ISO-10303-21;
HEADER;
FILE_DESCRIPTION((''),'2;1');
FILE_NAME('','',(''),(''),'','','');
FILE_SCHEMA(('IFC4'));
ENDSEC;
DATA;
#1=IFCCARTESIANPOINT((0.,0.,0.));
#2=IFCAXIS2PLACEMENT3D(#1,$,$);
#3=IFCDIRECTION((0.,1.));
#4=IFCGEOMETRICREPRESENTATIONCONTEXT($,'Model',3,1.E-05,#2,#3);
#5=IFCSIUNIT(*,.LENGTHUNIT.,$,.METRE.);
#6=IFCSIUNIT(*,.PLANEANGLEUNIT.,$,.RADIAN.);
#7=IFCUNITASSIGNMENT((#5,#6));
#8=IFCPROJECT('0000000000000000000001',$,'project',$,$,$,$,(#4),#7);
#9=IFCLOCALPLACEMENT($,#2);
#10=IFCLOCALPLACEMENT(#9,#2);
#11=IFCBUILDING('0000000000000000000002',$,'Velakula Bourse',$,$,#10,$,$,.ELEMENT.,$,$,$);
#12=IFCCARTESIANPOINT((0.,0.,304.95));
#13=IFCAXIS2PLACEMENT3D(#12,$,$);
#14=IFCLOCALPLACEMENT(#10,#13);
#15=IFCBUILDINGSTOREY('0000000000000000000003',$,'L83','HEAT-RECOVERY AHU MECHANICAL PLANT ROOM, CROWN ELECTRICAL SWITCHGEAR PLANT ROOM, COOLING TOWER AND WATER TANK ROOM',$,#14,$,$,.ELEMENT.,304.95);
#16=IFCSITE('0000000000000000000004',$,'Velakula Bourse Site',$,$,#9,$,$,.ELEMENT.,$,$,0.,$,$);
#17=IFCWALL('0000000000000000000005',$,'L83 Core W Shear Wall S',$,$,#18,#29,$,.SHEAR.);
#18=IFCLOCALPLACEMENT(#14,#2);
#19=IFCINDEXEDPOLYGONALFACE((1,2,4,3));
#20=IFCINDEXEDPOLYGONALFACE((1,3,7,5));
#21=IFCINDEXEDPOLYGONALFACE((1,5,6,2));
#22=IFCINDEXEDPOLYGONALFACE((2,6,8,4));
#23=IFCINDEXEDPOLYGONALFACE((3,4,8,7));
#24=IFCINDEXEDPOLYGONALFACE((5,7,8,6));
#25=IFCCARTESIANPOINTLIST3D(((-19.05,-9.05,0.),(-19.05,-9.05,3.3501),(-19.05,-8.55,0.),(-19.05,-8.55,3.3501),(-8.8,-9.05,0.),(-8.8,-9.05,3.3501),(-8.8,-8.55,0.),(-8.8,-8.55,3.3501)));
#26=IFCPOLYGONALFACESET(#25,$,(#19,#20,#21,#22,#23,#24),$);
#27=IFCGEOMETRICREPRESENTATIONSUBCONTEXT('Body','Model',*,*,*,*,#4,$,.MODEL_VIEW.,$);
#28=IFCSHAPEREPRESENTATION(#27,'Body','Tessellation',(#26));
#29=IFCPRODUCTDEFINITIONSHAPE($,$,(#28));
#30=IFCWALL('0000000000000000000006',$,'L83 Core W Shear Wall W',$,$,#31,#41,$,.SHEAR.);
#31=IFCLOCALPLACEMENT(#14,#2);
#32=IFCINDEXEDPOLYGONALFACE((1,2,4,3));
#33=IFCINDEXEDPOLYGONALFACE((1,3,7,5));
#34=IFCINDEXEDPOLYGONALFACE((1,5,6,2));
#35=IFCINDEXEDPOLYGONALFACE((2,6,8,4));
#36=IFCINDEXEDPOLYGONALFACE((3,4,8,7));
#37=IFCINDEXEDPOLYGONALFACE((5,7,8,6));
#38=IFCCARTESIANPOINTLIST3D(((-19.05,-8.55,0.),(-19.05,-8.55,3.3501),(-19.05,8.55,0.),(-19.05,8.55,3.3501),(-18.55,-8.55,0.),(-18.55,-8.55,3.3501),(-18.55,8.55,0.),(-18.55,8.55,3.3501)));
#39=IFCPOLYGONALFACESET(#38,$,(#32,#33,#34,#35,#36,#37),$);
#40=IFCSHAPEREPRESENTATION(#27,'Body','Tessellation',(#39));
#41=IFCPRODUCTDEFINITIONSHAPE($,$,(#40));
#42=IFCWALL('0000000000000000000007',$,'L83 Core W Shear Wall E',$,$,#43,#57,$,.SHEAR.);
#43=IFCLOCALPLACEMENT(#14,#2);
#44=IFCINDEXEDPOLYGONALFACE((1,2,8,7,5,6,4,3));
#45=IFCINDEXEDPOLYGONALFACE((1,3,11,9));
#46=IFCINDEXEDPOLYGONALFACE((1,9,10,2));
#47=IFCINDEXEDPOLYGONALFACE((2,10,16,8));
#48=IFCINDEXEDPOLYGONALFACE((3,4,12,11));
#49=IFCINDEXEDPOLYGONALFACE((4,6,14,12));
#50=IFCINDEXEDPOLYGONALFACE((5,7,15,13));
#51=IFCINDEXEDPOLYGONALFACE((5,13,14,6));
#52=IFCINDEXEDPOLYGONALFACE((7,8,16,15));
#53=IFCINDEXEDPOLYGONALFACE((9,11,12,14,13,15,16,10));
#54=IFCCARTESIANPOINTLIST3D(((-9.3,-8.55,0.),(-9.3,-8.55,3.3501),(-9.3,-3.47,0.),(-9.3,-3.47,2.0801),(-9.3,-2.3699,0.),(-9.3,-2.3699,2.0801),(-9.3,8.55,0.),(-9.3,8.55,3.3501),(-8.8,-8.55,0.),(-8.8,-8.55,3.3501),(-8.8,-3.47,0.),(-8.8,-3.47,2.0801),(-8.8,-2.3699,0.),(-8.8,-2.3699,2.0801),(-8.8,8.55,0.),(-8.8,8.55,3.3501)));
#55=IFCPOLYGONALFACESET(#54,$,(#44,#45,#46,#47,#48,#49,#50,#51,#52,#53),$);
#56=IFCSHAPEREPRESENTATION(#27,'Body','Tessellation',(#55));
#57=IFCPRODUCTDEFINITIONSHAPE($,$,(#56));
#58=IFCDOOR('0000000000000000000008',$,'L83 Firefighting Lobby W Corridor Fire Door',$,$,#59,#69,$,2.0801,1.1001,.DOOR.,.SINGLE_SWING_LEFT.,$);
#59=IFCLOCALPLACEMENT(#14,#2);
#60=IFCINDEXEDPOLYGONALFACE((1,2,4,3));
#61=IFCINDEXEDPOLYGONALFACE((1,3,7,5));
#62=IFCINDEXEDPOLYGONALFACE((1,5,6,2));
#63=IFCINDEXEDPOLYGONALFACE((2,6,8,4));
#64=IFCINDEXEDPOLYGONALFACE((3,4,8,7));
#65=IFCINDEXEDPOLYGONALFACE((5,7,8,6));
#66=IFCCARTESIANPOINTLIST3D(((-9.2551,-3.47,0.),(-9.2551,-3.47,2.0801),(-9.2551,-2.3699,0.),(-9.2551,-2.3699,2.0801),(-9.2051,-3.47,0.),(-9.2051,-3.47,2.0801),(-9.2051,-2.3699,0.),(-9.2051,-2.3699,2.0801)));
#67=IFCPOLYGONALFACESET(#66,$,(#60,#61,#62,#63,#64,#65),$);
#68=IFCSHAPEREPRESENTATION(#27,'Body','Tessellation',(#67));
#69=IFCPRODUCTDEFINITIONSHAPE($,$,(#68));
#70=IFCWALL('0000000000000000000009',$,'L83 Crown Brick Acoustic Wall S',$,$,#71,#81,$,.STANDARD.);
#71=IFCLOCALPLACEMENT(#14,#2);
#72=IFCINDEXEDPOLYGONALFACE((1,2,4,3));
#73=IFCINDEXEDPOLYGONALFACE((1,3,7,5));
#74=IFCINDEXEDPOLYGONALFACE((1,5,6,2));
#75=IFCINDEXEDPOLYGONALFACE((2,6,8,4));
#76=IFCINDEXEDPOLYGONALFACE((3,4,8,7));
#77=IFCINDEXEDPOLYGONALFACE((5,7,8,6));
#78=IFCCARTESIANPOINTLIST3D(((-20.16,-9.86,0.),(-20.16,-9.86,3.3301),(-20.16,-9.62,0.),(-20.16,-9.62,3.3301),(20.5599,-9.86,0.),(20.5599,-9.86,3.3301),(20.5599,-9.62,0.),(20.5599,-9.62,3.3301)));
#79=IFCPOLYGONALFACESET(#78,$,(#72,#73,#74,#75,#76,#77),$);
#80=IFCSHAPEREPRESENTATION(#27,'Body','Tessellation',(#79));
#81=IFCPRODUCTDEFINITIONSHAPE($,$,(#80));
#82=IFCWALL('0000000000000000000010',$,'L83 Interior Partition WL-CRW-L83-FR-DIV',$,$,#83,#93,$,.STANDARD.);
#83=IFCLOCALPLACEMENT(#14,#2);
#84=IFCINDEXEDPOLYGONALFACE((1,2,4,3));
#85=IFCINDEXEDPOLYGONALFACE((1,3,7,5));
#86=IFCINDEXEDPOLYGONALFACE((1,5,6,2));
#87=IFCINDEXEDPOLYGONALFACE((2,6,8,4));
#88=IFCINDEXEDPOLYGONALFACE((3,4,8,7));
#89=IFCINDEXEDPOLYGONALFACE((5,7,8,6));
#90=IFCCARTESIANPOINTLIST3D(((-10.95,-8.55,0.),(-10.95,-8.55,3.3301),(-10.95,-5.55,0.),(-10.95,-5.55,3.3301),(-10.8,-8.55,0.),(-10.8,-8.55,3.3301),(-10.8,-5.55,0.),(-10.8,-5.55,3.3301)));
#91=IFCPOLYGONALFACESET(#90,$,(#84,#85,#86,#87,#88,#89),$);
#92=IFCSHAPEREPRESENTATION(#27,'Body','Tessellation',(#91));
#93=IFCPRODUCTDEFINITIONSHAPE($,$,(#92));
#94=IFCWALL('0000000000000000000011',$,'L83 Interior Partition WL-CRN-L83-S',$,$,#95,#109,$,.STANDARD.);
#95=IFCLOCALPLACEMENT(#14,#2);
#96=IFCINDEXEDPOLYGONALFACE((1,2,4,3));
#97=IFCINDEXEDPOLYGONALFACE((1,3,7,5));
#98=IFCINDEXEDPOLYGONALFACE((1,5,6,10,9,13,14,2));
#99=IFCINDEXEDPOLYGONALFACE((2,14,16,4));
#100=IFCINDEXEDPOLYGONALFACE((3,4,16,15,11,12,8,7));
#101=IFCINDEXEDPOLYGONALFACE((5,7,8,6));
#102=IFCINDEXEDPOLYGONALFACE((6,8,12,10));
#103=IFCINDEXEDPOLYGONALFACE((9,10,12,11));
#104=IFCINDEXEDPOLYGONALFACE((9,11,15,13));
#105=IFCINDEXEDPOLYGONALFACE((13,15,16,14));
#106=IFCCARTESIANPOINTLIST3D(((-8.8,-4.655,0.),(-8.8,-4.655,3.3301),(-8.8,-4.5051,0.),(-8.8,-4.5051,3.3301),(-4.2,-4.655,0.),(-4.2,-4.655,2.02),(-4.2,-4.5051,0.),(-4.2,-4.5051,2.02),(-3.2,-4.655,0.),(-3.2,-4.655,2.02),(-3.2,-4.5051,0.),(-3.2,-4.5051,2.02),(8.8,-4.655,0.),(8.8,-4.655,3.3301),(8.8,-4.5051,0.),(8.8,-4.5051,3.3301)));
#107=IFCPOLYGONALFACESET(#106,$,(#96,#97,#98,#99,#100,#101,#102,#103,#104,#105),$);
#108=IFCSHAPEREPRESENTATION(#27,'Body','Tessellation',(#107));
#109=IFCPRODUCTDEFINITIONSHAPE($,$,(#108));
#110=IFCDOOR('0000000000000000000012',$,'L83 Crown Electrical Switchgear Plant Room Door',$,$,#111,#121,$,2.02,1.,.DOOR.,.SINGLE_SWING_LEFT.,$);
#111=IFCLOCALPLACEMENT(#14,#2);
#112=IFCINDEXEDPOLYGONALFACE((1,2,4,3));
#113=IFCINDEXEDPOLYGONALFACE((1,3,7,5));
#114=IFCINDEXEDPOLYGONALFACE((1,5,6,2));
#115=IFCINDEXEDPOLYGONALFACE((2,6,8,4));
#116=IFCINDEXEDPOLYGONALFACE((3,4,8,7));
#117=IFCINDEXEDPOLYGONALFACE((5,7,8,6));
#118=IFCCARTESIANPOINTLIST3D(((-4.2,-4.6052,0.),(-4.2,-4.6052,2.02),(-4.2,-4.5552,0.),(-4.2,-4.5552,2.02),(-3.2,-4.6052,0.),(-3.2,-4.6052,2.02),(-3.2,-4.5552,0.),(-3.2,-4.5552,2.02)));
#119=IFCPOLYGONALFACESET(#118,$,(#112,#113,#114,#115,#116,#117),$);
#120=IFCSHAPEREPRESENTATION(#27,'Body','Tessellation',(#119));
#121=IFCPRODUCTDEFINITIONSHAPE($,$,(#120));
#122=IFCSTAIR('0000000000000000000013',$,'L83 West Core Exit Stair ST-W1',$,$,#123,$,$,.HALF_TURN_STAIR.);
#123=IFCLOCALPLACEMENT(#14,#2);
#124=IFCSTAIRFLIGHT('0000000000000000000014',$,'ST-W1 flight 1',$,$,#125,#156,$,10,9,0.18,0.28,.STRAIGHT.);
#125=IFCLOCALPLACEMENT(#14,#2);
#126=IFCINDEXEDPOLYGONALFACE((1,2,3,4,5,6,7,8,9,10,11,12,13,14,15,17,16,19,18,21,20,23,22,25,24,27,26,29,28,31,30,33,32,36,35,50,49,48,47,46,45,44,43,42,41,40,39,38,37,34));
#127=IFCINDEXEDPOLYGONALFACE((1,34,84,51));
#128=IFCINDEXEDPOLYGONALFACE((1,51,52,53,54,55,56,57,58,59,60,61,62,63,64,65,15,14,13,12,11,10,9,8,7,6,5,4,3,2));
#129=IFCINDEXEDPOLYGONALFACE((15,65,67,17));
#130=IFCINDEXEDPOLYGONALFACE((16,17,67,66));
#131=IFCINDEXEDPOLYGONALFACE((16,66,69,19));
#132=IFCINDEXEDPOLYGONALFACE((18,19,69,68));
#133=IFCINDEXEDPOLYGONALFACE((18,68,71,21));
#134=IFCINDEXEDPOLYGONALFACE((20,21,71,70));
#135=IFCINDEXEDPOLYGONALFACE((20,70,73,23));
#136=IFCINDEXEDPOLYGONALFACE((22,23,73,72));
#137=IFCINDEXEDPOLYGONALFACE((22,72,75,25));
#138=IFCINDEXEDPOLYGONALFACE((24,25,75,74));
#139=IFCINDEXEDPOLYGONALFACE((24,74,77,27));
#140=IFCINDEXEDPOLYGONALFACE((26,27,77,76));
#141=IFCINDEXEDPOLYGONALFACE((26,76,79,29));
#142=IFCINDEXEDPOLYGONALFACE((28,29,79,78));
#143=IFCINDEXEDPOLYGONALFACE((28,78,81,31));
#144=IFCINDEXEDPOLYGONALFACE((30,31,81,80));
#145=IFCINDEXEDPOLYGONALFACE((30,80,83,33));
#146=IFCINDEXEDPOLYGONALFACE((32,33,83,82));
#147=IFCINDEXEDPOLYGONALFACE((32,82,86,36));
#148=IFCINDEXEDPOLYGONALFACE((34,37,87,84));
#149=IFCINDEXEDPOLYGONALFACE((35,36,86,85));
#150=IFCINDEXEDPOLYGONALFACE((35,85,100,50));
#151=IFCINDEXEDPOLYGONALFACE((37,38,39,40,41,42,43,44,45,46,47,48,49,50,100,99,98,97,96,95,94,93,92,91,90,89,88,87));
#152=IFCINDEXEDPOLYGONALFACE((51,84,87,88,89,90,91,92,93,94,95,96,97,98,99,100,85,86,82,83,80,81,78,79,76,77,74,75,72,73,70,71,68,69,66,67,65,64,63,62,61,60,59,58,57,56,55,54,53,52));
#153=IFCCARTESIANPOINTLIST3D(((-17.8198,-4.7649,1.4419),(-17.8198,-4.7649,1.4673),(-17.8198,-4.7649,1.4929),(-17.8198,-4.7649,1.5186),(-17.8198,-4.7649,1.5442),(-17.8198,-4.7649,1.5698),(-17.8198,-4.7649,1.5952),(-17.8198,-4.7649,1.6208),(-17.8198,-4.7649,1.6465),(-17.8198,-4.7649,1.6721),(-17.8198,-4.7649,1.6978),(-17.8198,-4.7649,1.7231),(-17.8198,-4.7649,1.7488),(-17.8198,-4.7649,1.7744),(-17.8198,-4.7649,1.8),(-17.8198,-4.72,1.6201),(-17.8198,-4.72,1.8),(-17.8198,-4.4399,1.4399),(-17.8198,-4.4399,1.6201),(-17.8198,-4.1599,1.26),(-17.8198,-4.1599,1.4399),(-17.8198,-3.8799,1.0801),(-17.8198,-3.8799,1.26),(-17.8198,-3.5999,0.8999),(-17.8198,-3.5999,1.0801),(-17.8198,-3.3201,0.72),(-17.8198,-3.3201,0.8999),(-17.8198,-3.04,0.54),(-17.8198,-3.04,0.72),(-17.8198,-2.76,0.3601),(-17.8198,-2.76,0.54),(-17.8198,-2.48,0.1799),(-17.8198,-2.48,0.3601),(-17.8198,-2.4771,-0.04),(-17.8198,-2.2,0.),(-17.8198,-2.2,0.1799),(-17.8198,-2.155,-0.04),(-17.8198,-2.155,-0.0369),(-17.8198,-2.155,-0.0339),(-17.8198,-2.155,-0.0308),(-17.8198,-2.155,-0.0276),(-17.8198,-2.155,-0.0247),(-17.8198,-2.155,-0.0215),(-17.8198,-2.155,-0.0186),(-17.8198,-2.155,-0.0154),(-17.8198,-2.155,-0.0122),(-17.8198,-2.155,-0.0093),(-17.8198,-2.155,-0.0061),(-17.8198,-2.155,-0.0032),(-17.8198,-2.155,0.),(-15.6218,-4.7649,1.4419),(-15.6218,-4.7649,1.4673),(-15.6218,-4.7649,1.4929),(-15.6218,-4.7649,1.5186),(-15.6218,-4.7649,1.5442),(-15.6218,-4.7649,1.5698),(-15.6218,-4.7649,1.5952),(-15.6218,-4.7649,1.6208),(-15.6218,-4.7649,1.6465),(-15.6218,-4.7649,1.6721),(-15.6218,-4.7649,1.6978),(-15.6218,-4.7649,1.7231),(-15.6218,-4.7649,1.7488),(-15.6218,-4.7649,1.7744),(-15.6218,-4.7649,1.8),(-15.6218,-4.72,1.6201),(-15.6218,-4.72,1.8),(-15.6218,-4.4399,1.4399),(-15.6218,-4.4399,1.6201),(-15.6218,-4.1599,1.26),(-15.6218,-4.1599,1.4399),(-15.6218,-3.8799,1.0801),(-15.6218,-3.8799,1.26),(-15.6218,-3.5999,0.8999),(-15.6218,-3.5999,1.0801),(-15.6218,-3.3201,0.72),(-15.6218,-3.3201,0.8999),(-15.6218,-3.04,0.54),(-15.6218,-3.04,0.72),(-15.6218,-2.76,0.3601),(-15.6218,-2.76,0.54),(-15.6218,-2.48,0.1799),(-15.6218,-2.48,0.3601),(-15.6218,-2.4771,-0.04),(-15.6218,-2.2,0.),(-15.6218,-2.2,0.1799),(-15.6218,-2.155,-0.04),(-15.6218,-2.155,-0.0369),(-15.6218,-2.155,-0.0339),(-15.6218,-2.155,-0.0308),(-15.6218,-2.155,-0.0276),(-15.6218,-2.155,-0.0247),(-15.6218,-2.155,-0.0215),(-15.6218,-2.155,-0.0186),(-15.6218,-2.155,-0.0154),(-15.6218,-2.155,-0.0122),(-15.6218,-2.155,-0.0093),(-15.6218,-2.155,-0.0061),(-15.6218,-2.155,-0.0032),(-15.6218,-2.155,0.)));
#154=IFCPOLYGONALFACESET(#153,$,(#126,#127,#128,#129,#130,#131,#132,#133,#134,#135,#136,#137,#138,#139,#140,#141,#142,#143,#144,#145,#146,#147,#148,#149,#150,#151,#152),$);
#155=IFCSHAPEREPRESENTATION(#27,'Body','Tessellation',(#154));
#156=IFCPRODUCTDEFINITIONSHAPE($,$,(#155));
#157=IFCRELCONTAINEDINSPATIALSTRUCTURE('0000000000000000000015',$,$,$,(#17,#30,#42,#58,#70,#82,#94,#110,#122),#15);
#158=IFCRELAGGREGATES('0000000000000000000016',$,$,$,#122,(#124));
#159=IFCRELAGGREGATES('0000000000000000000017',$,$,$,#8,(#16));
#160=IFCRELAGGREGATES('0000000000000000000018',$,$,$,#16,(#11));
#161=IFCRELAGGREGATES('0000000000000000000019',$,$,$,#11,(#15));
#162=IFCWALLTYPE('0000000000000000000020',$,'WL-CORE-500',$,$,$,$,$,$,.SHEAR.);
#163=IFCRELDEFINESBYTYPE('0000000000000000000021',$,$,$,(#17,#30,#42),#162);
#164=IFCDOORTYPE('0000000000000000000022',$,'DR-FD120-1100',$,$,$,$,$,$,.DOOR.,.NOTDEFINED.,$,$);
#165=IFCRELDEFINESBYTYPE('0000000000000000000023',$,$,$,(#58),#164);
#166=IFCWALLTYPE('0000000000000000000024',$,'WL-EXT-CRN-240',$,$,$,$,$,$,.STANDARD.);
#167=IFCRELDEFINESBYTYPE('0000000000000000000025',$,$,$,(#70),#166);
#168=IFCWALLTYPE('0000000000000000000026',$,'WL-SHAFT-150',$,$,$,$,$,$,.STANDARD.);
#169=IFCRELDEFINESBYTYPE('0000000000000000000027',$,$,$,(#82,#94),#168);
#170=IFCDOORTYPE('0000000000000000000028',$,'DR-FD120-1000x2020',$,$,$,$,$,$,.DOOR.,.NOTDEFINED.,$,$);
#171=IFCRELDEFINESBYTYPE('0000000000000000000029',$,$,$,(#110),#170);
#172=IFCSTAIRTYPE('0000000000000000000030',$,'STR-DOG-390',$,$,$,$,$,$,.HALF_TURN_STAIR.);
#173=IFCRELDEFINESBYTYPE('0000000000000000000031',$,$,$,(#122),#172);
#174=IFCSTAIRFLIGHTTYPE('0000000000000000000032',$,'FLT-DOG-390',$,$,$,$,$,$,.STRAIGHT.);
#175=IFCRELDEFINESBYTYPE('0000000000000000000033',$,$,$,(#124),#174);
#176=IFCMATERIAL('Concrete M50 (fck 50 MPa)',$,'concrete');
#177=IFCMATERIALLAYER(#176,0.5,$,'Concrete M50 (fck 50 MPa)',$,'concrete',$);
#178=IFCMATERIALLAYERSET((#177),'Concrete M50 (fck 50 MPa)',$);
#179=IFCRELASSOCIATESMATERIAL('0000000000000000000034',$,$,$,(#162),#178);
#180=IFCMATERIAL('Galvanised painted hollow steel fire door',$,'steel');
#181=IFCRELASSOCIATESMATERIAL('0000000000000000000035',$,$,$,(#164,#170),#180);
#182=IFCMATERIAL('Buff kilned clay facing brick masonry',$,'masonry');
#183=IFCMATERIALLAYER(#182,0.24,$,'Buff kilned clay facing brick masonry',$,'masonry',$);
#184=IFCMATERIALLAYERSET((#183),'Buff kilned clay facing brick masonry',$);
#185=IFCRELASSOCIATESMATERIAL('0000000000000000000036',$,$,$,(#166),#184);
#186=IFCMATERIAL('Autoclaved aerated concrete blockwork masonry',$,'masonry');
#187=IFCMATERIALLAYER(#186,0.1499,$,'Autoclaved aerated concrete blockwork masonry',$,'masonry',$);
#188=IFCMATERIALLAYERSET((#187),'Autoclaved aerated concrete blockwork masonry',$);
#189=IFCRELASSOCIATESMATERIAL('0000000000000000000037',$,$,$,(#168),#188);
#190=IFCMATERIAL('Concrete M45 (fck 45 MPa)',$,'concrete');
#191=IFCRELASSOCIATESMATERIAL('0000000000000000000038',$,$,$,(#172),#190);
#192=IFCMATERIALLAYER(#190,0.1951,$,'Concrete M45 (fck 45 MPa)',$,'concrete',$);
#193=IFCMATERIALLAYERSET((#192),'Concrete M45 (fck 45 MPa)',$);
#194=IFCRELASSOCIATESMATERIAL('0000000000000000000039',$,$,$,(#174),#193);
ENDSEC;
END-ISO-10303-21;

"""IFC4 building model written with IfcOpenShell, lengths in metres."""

from ifc_helpers import new_model, si_unit, direction, frame, frame_2d, origin, place, context, subcontext, project, spatial, polyline, rectangle, outline, extrude, material, layer, layer_set, type_object, element, fill, aggregate, save


model = new_model("IFC4")

# Units and contexts
model_context = context("Model", 3, precision=1e-05, world=origin(), true_north=direction((0.0, 1.0)))
body_context = subcontext(model_context, "Body", "Model", "MODEL_VIEW")
ifc_project = project(units=[si_unit("LENGTHUNIT", "METRE"), si_unit("PLANEANGLEUNIT", "RADIAN")], contexts=[model_context])

# Site, building, storey
site_placement = place(None, origin())
site = spatial("IfcSite", under=ifc_project, at=site_placement, Name="Velakula Bourse Site", CompositionType="ELEMENT", RefElevation=0.0)
building_placement = place(site_placement, origin())
building = spatial("IfcBuilding", under=site, at=building_placement, Name="Velakula Bourse", CompositionType="ELEMENT")
storey_placement = place(building_placement, frame((0.0, 0.0, 304.95)))
storey = spatial("IfcBuildingStorey", under=building, at=storey_placement, Name="L83", Description="HEAT-RECOVERY AHU MECHANICAL PLANT ROOM, CROWN ELECTRICAL SWITCHGEAR PLANT ROOM, COOLING TOWER AND WATER TANK ROOM", CompositionType="ELEMENT", Elevation=304.95)

# Shared definitions
ifc_material_1 = material(Name="Concrete M50 (fck 50 MPa)", Category="concrete")

# Shared definitions
ifc_material_2 = material(Name="Galvanised painted hollow steel fire door", Category="steel")

# Walls
ifc_layer_1 = layer(ifc_material_1, 0.5, Name="Concrete M50 (fck 50 MPa)", Category="concrete")
ifc_layer_set_1 = layer_set([ifc_layer_1], Name="Concrete M50 (fck 50 MPa)")
wall_type_1 = type_object("IfcWallType", Name="WL-CORE-500", PredefinedType="SHEAR", material=ifc_layer_set_1)
wall_1_placement = place(storey_placement, frame((-19.05, -8.8, 0.0), z_axis=(0.0, 0.0, 1.0), x_axis=(1.0, 0.0, 0.0)))
element("IfcWall", 1, at=wall_1_placement, inside=storey, type_object=wall_type_1, Name="L83 Core W Shear Wall S", PredefinedType="SHEAR", context=body_context, shape_type="SweptSolid", body=[
    extrude(rectangle(XDim=10.25, YDim=0.5, at=frame_2d((5.125, 0.0))), origin(), (0.0, 0.0, 1.0), 3.3501),
])
wall_2_placement = place(storey_placement, frame((-18.8, -8.55, 0.0), z_axis=(0.0, 0.0, 1.0), x_axis=(0.0, 1.0, 0.0)))
element("IfcWall", 2, at=wall_2_placement, inside=storey, type_object=wall_type_1, Name="L83 Core W Shear Wall W", PredefinedType="SHEAR", context=body_context, shape_type="SweptSolid", body=[
    extrude(rectangle(XDim=17.1001, YDim=0.5, at=frame_2d((8.55, 0.0))), origin(), (0.0, 0.0, 1.0), 3.3501),
])

# Wall, opening, door
wall_3_placement = place(storey_placement, frame((-9.05, -8.55, 0.0), z_axis=(0.0, 0.0, 1.0), x_axis=(0.0, 1.0, 0.0)))
wall_3 = element("IfcWall", 3, at=wall_3_placement, inside=storey, type_object=wall_type_1, Name="L83 Core W Shear Wall E", PredefinedType="SHEAR", context=body_context, shape_type="SweptSolid", body=[
    extrude(rectangle(XDim=17.1001, YDim=0.5, at=frame_2d((8.55, 0.0))), origin(), (0.0, 0.0, 1.0), 3.3501),
])
opening_1_placement = place(wall_3_placement, frame((5.0801, 0.0, 0.0)))
opening_1 = element("IfcOpeningElement", 4, at=opening_1_placement, cuts=wall_3, PredefinedType="OPENING", context=body_context, shape_type="SweptSolid", body=[
    extrude(rectangle(XDim=1.1001, YDim=2.0801, at=frame_2d((0.55, 1.04))), frame((0.0, 0.26, 0.0), z_axis=(0.0, -1.0, 0.0), x_axis=(1.0, 0.0, 0.0)), (0.0, 0.0, 1.0), 0.52),
])
door_type_1 = type_object("IfcDoorType", Name="DR-FD120-1100", OperationType="NOTDEFINED", PredefinedType="DOOR", material=ifc_material_2)
door_1_placement = place(opening_1_placement, origin())
door_1 = element("IfcDoor", 5, at=door_1_placement, inside=storey, type_object=door_type_1, Name="L83 Firefighting Lobby W Corridor Fire Door", OperationType="SINGLE_SWING_LEFT", OverallHeight=2.0801, OverallWidth=1.1001, PredefinedType="DOOR", context=body_context, shape_type="SweptSolid", body=[
    extrude(rectangle(XDim=1.1001, YDim=2.0801, at=frame_2d((0.55, 1.04))), frame((0.0, 0.2051, 0.0), z_axis=(0.0, -1.0, 0.0), x_axis=(1.0, 0.0, 0.0)), (0.0, 0.0, 1.0), 0.05),
])
fill(opening_1, door_1)

# Wall
ifc_material_3 = material(Name="Buff kilned clay facing brick masonry", Category="masonry")
ifc_layer_2 = layer(ifc_material_3, 0.24, Name="Buff kilned clay facing brick masonry", Category="masonry")
ifc_layer_set_2 = layer_set([ifc_layer_2], Name="Buff kilned clay facing brick masonry")
wall_type_2 = type_object("IfcWallType", Name="WL-EXT-CRN-240", PredefinedType="STANDARD", material=ifc_layer_set_2)
wall_4_placement = place(storey_placement, frame((-20.1599, -9.74, 0.0), z_axis=(0.0, 0.0, 1.0), x_axis=(1.0, 0.0, 0.0)))
element("IfcWall", 6, at=wall_4_placement, inside=storey, type_object=wall_type_2, Name="L83 Crown Brick Acoustic Wall S", PredefinedType="STANDARD", context=body_context, shape_type="SweptSolid", body=[
    extrude(rectangle(XDim=40.72, YDim=0.24, at=frame_2d((20.3599, 0.0))), origin(), (0.0, 0.0, 1.0), 3.3301),
])

# Shared definitions
ifc_material_4 = material(Name="Autoclaved aerated concrete blockwork masonry", Category="masonry")
ifc_layer_3 = layer(ifc_material_4, 0.1499, Name="Autoclaved aerated concrete blockwork masonry", Category="masonry")
ifc_layer_set_3 = layer_set([ifc_layer_3], Name="Autoclaved aerated concrete blockwork masonry")
wall_type_3 = type_object("IfcWallType", Name="WL-SHAFT-150", PredefinedType="STANDARD", material=ifc_layer_set_3)

# Wall
wall_5_placement = place(storey_placement, frame((-10.875, -8.55, 0.0), z_axis=(0.0, 0.0, 1.0), x_axis=(0.0, 1.0, 0.0)))
element("IfcWall", 7, at=wall_5_placement, inside=storey, type_object=wall_type_3, Name="L83 Interior Partition WL-CRW-L83-FR-DIV", PredefinedType="STANDARD", context=body_context, shape_type="SweptSolid", body=[
    extrude(rectangle(XDim=3.0, YDim=0.1499, at=frame_2d((1.5, 0.0))), origin(), (0.0, 0.0, 1.0), 3.3301),
])

# Wall, opening, door
wall_6_placement = place(storey_placement, frame((-8.8, -4.5801, 0.0), z_axis=(0.0, 0.0, 1.0), x_axis=(1.0, 0.0, 0.0)))
wall_6 = element("IfcWall", 8, at=wall_6_placement, inside=storey, type_object=wall_type_3, Name="L83 Interior Partition WL-CRN-L83-S", PredefinedType="STANDARD", context=body_context, shape_type="SweptSolid", body=[
    extrude(rectangle(XDim=17.6001, YDim=0.1499, at=frame_2d((8.8, 0.0))), origin(), (0.0, 0.0, 1.0), 3.3301),
])
opening_2_placement = place(wall_6_placement, frame((4.6001, 0.0, 0.0)))
opening_2 = element("IfcOpeningElement", 9, at=opening_2_placement, cuts=wall_6, PredefinedType="OPENING", context=body_context, shape_type="SweptSolid", body=[
    extrude(rectangle(XDim=1.0, YDim=2.02, at=frame_2d((0.5, 1.01))), frame((0.0, 0.085, 0.0), z_axis=(0.0, -1.0, 0.0), x_axis=(1.0, 0.0, 0.0)), (0.0, 0.0, 1.0), 0.1699),
])
door_type_2 = type_object("IfcDoorType", Name="DR-FD120-1000x2020", OperationType="NOTDEFINED", PredefinedType="DOOR", material=ifc_material_2)
door_2_placement = place(opening_2_placement, origin())
door_2 = element("IfcDoor", 10, at=door_2_placement, inside=storey, type_object=door_type_2, Name="L83 Crown Electrical Switchgear Plant Room Door", OperationType="SINGLE_SWING_LEFT", OverallHeight=2.02, OverallWidth=1.0, PredefinedType="DOOR", context=body_context, shape_type="SweptSolid", body=[
    extrude(rectangle(XDim=1.0, YDim=2.02, at=frame_2d((0.5, 1.01))), frame((0.0, 0.0249, 0.0), z_axis=(0.0, -1.0, 0.0), x_axis=(1.0, 0.0, 0.0)), (0.0, 0.0, 1.0), 0.05),
])
fill(opening_2, door_2)

# Stair, stair flight
ifc_material_5 = material(Name="Concrete M45 (fck 45 MPa)", Category="concrete")
stair_type = type_object("IfcStairType", Name="STR-DOG-390", PredefinedType="HALF_TURN_STAIR", material=ifc_material_5)
stair_placement = place(storey_placement, origin())
stair = element("IfcStair", 11, at=stair_placement, inside=storey, type_object=stair_type, Name="L83 West Core Exit Stair ST-W1", PredefinedType="HALF_TURN_STAIR")
ifc_layer_4 = layer(ifc_material_5, 0.1951, Name="Concrete M45 (fck 45 MPa)", Category="concrete")
ifc_layer_set_4 = layer_set([ifc_layer_4], Name="Concrete M45 (fck 45 MPa)")
stair_flight_type = type_object("IfcStairFlightType", Name="FLT-DOG-390", PredefinedType="STRAIGHT", material=ifc_layer_set_4)
stair_flight_1_placement = place(storey_placement, frame((-16.7209, -2.2, 0.0), z_axis=(0.0, 0.0, 1.0), x_axis=(0.0, -1.0, 0.0)))
stair_flight_1 = element("IfcStairFlight", 12, at=stair_flight_1_placement, type_object=stair_flight_type, Name="ST-W1 flight 1", NumberOfRisers=10, NumberOfTreads=9, PredefinedType="STRAIGHT", RiserHeight=0.18, TreadLength=0.28, context=body_context, shape_type="SweptSolid", body=[
    extrude(outline(polyline([(-0.0449, -0.04), (-0.0449, -0.0369), (-0.0449, -0.0339), (-0.0449, -0.0308), (-0.0449, -0.0276), (-0.0449, -0.0247), (-0.0449, -0.0215), (-0.0449, -0.0186), (-0.0449, -0.0154), (-0.0449, -0.0122), (-0.0449, -0.0093), (-0.0449, -0.0061), (-0.0449, -0.0032), (-0.0449, 0.0), (0.0, 0.0), (0.0, 0.1799), (0.28, 0.1799), (0.28, 0.3601), (0.5601, 0.3601), (0.5601, 0.54), (0.8401, 0.54), (0.8401, 0.72), (1.1201, 0.72), (1.1201, 0.8999), (1.3999, 0.8999), (1.3999, 1.0801), (1.6799, 1.0801), (1.6799, 1.26), (1.96, 1.26), (1.96, 1.4399), (2.24, 1.4399), (2.24, 1.6201), (2.52, 1.6201), (2.52, 1.8), (2.5649, 1.8), (2.5649, 1.7744), (2.5649, 1.7488), (2.5649, 1.7231), (2.5649, 1.6978), (2.5649, 1.6721), (2.5649, 1.6465), (2.5649, 1.6208), (2.5649, 1.5952), (2.5649, 1.5698), (2.5649, 1.5442), (2.5649, 1.5186), (2.5649, 1.4929), (2.5649, 1.4673), (2.5649, 1.4419), (0.2771, -0.04), (-0.0449, -0.04)])), frame((0.0, 1.0991, 0.0), z_axis=(0.0, -1.0, 0.0), x_axis=(1.0, 0.0, 0.0)), (0.0, 0.0, 1.0), 2.198),
])
aggregate(stair, [stair_flight_1])

save(model, "model.ifc")
